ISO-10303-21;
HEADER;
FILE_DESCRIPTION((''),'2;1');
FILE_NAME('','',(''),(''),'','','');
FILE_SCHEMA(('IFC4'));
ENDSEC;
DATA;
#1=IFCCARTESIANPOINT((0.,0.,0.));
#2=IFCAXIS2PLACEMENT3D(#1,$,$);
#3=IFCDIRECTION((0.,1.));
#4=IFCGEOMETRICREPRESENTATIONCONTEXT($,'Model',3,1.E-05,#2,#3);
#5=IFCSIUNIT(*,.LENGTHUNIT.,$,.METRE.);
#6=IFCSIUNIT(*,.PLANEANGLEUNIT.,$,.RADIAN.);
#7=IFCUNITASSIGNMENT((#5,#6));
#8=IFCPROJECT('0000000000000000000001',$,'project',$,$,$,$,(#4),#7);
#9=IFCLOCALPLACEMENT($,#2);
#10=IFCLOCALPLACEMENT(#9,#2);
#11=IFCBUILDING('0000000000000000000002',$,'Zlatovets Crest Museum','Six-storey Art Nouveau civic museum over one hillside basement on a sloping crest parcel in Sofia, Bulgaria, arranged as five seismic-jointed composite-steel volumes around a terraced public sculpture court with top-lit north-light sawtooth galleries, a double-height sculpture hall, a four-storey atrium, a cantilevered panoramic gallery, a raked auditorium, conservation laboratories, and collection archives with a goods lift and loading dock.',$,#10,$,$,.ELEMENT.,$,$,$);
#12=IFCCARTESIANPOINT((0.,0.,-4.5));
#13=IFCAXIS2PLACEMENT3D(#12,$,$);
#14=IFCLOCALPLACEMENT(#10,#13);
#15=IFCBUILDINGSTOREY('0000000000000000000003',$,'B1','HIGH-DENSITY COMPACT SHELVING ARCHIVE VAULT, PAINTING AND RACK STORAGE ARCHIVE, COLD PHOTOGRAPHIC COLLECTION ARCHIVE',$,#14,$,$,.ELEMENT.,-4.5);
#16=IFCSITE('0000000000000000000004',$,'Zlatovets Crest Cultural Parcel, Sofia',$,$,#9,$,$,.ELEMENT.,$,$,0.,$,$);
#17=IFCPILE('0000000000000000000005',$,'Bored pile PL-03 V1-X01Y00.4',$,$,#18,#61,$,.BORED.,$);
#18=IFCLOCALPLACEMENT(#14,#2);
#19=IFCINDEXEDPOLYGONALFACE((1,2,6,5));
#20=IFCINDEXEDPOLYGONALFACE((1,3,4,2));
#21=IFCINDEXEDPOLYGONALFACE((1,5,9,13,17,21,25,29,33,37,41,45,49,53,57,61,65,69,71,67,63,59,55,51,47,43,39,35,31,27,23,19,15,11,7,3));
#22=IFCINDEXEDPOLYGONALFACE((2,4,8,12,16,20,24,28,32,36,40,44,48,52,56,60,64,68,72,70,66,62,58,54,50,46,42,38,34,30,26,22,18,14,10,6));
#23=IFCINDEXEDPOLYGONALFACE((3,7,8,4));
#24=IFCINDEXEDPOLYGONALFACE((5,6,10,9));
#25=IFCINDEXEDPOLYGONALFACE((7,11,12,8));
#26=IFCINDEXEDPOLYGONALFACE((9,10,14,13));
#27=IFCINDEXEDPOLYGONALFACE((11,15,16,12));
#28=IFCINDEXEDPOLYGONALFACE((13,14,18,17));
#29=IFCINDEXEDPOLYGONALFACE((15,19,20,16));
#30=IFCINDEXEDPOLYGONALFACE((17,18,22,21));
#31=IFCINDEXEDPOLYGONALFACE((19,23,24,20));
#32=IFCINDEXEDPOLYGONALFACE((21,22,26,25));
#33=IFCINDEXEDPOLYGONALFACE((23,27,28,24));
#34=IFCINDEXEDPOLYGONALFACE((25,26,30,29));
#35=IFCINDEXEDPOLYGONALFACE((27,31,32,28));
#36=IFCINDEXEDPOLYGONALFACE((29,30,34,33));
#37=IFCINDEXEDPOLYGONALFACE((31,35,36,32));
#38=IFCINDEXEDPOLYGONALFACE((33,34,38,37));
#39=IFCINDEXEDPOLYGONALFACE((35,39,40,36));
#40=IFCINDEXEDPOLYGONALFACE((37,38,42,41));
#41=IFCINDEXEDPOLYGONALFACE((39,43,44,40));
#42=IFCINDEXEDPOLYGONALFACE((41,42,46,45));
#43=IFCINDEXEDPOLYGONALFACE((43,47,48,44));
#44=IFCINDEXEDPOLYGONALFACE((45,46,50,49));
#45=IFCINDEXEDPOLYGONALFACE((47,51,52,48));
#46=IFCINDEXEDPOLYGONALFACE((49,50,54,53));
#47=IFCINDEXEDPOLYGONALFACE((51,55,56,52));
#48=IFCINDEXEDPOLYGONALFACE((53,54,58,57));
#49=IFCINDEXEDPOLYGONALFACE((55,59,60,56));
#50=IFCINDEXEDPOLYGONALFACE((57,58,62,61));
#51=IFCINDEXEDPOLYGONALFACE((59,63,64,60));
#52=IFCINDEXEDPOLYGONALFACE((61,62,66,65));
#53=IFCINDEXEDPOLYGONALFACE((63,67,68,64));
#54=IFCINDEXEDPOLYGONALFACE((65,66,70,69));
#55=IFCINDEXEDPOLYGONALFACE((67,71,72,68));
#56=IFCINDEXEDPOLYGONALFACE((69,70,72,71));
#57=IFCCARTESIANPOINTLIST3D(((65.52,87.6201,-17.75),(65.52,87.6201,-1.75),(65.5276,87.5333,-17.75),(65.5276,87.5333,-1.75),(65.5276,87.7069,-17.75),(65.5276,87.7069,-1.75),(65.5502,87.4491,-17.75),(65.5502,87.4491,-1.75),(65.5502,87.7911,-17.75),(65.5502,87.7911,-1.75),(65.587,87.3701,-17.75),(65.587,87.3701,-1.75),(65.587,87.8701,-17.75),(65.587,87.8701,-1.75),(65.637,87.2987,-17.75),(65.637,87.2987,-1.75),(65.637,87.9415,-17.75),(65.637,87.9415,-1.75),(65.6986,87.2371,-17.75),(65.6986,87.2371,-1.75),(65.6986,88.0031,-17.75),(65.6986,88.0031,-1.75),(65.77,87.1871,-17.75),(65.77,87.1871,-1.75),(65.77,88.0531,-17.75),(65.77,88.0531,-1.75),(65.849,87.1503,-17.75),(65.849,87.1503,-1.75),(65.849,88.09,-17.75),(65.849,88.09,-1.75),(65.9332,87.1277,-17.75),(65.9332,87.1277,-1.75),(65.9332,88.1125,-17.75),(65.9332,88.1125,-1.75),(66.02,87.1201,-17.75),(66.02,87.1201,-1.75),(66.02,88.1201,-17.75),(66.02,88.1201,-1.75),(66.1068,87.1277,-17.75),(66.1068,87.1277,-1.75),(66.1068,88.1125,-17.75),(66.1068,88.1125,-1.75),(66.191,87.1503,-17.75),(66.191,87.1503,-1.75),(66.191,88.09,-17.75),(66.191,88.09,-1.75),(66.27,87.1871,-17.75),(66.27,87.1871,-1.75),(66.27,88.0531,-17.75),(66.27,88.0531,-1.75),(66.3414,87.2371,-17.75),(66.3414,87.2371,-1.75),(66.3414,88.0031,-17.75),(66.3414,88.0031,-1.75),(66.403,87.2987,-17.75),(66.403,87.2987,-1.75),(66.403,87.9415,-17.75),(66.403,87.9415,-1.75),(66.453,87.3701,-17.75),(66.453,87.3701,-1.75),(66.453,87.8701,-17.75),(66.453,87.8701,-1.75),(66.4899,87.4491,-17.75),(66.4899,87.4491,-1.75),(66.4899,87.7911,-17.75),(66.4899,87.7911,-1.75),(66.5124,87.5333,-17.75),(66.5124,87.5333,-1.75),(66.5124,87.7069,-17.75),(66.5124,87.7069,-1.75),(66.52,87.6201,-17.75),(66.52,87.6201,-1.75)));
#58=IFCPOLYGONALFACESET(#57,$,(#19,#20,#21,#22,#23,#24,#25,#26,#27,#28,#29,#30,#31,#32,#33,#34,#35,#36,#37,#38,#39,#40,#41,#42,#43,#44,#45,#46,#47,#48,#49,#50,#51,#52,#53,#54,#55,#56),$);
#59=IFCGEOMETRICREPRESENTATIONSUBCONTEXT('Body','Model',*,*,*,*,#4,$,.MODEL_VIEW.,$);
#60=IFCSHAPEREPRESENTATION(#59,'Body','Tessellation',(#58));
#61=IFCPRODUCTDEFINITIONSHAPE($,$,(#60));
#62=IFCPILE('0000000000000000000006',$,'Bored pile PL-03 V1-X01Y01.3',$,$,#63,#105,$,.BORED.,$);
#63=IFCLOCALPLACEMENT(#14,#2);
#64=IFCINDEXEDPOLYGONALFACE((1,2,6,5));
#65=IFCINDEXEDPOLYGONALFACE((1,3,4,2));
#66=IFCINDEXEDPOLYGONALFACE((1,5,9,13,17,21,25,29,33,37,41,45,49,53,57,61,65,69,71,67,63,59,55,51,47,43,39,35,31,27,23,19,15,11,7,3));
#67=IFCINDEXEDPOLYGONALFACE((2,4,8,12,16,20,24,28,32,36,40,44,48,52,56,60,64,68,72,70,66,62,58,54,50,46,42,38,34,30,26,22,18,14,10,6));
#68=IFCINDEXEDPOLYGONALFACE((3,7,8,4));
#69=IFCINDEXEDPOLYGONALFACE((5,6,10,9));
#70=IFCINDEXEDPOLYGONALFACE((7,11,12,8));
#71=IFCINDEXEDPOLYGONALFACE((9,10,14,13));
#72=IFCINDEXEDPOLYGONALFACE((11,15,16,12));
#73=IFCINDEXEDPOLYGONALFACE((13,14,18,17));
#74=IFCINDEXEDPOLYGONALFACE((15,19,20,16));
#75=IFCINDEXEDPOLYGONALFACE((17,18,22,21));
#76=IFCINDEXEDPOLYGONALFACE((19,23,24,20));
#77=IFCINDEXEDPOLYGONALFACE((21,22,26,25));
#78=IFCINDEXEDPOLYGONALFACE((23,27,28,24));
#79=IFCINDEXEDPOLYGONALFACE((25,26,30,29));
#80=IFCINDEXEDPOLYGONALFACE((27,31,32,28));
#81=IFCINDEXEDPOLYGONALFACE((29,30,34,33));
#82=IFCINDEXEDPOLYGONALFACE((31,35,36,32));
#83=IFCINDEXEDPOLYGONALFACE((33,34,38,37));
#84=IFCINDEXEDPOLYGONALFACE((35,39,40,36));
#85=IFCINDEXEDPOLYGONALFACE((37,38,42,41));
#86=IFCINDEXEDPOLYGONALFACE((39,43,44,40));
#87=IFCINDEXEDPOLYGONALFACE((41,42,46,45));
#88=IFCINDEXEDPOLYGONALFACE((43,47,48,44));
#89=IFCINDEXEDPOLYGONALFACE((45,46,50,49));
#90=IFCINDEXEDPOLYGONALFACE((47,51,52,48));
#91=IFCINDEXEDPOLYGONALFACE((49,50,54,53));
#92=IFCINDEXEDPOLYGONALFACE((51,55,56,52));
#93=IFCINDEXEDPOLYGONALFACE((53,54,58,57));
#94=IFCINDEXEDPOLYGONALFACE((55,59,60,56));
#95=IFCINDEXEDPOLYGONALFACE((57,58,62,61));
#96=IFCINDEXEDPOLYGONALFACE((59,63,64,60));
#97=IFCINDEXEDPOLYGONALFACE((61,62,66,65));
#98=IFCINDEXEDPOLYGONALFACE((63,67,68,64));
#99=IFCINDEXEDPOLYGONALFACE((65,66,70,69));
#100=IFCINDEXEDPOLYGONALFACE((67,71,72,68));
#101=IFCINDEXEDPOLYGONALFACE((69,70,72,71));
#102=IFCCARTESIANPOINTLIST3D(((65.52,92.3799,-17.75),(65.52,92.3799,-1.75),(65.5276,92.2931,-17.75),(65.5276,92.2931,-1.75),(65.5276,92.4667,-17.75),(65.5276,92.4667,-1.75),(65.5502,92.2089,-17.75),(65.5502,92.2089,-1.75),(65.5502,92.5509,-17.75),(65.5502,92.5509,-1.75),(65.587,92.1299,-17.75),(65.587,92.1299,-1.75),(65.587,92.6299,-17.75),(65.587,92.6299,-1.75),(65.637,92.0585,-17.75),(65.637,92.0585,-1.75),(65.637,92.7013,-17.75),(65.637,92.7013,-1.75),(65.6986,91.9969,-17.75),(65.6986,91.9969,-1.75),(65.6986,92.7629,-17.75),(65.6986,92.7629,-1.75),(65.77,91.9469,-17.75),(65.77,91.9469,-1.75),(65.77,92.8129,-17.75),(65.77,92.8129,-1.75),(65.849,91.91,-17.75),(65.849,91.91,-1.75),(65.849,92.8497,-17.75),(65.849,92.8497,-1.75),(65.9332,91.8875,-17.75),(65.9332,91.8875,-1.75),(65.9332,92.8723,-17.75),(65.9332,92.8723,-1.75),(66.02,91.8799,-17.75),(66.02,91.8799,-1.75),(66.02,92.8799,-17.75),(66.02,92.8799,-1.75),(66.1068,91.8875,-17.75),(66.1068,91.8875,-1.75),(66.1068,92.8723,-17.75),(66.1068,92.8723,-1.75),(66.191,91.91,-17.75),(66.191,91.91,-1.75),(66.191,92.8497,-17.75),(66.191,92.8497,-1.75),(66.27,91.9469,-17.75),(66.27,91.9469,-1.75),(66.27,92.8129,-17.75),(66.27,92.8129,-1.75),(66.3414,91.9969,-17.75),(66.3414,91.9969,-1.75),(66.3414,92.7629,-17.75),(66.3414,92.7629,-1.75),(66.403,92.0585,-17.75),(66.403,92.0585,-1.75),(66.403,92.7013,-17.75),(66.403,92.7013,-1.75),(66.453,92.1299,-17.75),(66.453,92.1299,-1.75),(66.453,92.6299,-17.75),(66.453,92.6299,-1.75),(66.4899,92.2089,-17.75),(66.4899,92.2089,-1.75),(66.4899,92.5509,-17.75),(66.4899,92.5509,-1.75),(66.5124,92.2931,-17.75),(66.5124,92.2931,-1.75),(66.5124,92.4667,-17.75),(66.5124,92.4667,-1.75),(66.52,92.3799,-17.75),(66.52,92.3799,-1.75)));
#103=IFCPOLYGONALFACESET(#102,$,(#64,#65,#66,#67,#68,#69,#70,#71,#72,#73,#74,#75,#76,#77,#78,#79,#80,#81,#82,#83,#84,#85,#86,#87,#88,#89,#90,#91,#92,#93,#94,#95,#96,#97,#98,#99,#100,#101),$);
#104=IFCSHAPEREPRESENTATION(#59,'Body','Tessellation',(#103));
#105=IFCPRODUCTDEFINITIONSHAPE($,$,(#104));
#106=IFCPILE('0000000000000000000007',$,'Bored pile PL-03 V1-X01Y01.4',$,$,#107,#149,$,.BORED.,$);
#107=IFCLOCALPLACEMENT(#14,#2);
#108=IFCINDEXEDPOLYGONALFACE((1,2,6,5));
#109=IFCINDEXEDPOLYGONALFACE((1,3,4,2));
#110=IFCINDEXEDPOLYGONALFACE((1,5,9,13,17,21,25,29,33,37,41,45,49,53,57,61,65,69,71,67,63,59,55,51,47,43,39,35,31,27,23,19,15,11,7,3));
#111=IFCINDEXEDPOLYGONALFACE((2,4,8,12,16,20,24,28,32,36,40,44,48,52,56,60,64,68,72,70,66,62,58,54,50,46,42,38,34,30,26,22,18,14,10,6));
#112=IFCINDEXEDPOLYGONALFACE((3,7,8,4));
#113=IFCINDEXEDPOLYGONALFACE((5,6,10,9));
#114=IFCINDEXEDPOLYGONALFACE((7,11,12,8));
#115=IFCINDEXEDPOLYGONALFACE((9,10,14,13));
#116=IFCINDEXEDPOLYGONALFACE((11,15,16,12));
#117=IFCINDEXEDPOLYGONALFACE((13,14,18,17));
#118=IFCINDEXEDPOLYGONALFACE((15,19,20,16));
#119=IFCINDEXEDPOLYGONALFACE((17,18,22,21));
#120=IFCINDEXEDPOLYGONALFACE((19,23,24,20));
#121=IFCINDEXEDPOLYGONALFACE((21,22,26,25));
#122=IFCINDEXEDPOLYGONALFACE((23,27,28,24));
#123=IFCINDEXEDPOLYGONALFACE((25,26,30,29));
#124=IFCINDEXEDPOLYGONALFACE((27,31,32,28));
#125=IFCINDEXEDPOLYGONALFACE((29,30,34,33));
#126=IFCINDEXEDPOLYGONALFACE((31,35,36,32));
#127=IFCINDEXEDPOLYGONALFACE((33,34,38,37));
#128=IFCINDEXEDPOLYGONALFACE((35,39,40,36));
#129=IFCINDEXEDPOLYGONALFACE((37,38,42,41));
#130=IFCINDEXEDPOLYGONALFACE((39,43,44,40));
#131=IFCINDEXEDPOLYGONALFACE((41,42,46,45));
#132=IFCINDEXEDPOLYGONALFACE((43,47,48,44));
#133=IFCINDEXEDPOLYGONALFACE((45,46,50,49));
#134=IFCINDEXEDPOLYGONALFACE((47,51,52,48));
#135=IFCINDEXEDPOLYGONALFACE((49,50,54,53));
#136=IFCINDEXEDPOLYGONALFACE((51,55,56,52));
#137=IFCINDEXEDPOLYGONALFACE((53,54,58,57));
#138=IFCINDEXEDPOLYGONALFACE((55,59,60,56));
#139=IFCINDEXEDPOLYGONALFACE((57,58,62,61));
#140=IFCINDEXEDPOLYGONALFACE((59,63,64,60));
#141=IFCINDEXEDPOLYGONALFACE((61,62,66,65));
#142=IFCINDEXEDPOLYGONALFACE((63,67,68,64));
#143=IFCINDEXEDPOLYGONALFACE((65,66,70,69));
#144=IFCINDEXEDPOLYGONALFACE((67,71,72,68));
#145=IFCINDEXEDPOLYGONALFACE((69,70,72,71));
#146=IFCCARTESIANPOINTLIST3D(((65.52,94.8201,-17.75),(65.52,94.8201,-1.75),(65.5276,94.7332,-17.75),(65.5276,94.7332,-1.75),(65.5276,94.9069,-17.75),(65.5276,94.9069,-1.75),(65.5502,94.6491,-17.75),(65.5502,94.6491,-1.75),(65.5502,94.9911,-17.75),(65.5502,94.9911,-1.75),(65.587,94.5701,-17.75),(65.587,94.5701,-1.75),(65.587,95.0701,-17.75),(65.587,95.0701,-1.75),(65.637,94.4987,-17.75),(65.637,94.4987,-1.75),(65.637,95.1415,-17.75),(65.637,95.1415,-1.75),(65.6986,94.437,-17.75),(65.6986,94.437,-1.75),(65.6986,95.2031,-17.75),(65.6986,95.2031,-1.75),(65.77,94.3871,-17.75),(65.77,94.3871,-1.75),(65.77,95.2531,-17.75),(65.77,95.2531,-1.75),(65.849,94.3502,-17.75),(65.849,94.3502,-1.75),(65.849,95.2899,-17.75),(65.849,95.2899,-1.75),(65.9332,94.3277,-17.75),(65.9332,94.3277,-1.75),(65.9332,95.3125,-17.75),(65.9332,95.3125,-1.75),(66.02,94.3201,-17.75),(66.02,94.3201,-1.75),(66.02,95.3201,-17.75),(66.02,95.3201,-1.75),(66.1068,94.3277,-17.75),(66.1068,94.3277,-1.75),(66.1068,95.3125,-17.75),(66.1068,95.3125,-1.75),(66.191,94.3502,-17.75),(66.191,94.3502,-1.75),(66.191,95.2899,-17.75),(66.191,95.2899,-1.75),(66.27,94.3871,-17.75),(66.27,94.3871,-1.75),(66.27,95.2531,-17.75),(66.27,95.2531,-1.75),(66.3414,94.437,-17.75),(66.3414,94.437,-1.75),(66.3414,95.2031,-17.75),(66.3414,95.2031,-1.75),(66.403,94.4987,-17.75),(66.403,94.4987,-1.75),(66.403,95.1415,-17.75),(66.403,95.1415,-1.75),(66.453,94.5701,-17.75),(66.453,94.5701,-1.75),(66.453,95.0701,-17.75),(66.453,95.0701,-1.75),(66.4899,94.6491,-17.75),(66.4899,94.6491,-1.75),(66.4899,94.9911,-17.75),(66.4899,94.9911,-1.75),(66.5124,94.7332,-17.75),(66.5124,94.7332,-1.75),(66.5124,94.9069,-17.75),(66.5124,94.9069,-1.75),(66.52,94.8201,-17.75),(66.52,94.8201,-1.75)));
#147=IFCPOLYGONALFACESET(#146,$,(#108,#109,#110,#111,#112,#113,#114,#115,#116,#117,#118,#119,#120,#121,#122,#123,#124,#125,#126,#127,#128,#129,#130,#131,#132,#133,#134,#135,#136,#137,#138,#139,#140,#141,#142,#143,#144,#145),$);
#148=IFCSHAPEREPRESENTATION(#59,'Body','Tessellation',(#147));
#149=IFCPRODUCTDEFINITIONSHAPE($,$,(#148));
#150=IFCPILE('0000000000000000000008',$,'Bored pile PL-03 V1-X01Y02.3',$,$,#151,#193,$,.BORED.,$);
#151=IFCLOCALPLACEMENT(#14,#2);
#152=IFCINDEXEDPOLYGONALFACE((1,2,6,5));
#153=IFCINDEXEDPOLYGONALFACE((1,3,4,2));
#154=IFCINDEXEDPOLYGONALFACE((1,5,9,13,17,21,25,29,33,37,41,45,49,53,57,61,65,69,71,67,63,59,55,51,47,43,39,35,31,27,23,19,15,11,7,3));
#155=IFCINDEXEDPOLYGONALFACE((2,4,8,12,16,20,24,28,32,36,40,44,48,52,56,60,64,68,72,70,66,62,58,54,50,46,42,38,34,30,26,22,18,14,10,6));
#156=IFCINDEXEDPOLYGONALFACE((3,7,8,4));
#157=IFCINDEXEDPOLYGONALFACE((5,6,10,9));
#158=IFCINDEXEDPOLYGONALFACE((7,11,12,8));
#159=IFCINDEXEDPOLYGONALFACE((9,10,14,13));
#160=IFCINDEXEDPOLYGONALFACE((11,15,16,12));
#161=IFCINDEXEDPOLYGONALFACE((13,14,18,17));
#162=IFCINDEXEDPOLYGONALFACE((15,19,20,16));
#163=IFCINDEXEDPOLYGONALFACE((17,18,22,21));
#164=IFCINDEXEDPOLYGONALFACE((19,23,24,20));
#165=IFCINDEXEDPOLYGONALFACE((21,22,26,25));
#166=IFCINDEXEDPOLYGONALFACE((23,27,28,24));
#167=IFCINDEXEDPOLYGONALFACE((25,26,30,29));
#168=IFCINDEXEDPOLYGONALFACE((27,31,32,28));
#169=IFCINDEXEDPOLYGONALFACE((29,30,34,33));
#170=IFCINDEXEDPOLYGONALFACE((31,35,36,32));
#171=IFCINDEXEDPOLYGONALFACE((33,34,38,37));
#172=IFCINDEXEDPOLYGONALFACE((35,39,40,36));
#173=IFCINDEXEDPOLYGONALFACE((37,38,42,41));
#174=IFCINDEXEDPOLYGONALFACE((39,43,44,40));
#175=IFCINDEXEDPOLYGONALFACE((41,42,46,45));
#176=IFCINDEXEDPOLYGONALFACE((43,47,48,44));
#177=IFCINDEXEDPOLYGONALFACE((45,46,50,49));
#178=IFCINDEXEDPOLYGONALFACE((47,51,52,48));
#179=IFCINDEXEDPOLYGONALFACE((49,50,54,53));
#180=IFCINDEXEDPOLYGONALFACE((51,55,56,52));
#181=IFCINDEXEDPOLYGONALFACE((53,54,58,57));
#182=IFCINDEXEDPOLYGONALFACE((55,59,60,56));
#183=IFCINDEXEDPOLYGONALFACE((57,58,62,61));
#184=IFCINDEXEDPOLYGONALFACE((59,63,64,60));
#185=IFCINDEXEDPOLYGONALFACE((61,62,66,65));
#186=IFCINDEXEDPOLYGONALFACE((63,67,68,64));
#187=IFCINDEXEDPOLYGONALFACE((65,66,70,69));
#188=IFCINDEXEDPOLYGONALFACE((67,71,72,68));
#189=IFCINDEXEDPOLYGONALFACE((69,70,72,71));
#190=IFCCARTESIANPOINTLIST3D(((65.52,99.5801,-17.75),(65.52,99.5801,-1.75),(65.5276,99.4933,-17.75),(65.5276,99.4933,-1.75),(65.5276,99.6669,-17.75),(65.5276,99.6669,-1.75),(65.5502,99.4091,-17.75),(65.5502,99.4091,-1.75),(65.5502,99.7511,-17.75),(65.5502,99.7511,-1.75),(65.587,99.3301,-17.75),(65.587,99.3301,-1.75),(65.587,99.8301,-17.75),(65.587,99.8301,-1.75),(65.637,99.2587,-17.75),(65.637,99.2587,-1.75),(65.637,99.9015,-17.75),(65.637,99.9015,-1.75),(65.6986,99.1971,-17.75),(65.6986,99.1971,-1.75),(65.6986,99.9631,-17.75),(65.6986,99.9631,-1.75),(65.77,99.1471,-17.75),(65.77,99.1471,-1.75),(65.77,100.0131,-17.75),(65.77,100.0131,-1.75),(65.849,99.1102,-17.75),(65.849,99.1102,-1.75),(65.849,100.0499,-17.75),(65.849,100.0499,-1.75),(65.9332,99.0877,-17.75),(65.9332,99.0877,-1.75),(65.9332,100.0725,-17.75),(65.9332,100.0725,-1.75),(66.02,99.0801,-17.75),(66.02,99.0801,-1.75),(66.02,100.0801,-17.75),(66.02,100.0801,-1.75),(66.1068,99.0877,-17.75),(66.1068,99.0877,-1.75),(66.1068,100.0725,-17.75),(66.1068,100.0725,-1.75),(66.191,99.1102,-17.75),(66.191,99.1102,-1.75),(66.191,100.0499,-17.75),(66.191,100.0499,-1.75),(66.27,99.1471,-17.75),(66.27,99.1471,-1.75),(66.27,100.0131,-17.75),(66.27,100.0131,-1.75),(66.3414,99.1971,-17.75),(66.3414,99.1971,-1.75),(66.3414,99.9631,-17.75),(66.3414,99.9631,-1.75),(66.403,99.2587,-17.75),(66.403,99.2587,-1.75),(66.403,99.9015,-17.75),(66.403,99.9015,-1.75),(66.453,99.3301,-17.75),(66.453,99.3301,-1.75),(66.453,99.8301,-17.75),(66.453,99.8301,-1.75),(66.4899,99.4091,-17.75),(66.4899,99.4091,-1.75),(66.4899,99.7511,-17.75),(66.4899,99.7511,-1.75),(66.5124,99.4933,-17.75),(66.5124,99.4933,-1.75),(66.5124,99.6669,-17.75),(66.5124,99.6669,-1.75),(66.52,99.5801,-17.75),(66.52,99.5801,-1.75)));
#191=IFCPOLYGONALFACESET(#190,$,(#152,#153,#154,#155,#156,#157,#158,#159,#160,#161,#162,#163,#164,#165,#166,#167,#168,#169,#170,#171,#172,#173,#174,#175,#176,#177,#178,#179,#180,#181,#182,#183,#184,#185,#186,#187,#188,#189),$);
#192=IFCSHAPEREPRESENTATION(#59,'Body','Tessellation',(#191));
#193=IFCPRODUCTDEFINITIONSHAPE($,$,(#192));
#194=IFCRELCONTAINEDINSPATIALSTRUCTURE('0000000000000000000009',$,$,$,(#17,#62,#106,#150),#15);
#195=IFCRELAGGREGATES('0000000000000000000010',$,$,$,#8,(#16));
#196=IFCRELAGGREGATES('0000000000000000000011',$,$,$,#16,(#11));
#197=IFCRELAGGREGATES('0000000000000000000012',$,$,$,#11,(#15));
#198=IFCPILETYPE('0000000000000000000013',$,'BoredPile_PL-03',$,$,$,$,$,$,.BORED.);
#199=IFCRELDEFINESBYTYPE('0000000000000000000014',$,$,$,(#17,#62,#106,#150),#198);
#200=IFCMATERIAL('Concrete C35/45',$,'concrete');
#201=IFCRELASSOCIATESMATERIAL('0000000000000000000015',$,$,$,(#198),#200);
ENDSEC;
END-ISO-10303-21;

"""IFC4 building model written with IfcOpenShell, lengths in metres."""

from ifc_helpers import new_model, si_unit, direction, frame, origin, origin_2d, place, context, subcontext, project, spatial, circle, extrude, material, material_profile, profile_set, type_object, element, save


model = new_model("IFC4")

# Units and contexts
model_context = context("Model", 3, precision=1e-05, world=origin(), true_north=direction((0.0, 1.0)))
body_context = subcontext(model_context, "Body", "Model", "MODEL_VIEW")
ifc_project = project(units=[si_unit("LENGTHUNIT", "METRE"), si_unit("PLANEANGLEUNIT", "RADIAN")], contexts=[model_context])

# Site, building, storey
site_placement = place(None, origin())
site = spatial("IfcSite", under=ifc_project, at=site_placement, Name="Zlatovets Crest Cultural Parcel, Sofia", CompositionType="ELEMENT", RefElevation=0.0)
building_placement = place(site_placement, origin())
building = spatial("IfcBuilding", under=site, at=building_placement, Name="Zlatovets Crest Museum", Description="Six-storey Art Nouveau civic museum over one hillside basement on a sloping crest parcel in Sofia, Bulgaria, arranged as five seismic-jointed composite-steel volumes around a terraced public sculpture court with top-lit north-light sawtooth galleries, a double-height sculpture hall, a four-storey atrium, a cantilevered panoramic gallery, a raked auditorium, conservation laboratories, and collection archives with a goods lift and loading dock.", CompositionType="ELEMENT")
storey_placement = place(building_placement, frame((0.0, 0.0, -4.5)))
storey = spatial("IfcBuildingStorey", under=building, at=storey_placement, Name="B1", Description="HIGH-DENSITY COMPACT SHELVING ARCHIVE VAULT, PAINTING AND RACK STORAGE ARCHIVE, COLD PHOTOGRAPHIC COLLECTION ARCHIVE", CompositionType="ELEMENT", Elevation=-4.5)

# Piles
ifc_material_1 = material(Name="Concrete C35/45", Category="concrete")
ifc_material_profile_1 = material_profile(ifc_material_1, circle(Radius=0.5, at=origin_2d()), Name="PILE D1000")
ifc_profile_set_1 = profile_set([ifc_material_profile_1], Name="Concrete C35/45")
pile_type = type_object("IfcPileType", Name="BoredPile_PL-03", PredefinedType="BORED", material=ifc_profile_set_1)
for number, where, z_axis, x_axis, name in (
    (1, (66.02, 87.6201, -1.75), (0.0, 0.0, -1.0), (1.0, 0.0, 0.0), "Bored pile PL-03 V1-X01Y00.4"),
    (2, (66.02, 92.3799, -1.75), (0.0, 0.0, -1.0), (1.0, 0.0, 0.0), "Bored pile PL-03 V1-X01Y01.3"),
    (3, (66.02, 94.8201, -1.75), (0.0, 0.0, -1.0), (1.0, 0.0, 0.0), "Bored pile PL-03 V1-X01Y01.4"),
    (4, (66.02, 99.5801, -1.75), (0.0, 0.0, -1.0), (1.0, 0.0, 0.0), "Bored pile PL-03 V1-X01Y02.3"),
):
    element("IfcPile", number, at=place(storey_placement, frame(where, z_axis=z_axis, x_axis=x_axis)), inside=storey, type_object=pile_type, Name=name, PredefinedType="BORED", context=body_context, shape_type="SweptSolid", body=[
        extrude(circle(Radius=0.5, at=origin_2d()), origin(), (0.0, 0.0, 1.0), 16.0),
    ])

save(model, "model.ifc")
